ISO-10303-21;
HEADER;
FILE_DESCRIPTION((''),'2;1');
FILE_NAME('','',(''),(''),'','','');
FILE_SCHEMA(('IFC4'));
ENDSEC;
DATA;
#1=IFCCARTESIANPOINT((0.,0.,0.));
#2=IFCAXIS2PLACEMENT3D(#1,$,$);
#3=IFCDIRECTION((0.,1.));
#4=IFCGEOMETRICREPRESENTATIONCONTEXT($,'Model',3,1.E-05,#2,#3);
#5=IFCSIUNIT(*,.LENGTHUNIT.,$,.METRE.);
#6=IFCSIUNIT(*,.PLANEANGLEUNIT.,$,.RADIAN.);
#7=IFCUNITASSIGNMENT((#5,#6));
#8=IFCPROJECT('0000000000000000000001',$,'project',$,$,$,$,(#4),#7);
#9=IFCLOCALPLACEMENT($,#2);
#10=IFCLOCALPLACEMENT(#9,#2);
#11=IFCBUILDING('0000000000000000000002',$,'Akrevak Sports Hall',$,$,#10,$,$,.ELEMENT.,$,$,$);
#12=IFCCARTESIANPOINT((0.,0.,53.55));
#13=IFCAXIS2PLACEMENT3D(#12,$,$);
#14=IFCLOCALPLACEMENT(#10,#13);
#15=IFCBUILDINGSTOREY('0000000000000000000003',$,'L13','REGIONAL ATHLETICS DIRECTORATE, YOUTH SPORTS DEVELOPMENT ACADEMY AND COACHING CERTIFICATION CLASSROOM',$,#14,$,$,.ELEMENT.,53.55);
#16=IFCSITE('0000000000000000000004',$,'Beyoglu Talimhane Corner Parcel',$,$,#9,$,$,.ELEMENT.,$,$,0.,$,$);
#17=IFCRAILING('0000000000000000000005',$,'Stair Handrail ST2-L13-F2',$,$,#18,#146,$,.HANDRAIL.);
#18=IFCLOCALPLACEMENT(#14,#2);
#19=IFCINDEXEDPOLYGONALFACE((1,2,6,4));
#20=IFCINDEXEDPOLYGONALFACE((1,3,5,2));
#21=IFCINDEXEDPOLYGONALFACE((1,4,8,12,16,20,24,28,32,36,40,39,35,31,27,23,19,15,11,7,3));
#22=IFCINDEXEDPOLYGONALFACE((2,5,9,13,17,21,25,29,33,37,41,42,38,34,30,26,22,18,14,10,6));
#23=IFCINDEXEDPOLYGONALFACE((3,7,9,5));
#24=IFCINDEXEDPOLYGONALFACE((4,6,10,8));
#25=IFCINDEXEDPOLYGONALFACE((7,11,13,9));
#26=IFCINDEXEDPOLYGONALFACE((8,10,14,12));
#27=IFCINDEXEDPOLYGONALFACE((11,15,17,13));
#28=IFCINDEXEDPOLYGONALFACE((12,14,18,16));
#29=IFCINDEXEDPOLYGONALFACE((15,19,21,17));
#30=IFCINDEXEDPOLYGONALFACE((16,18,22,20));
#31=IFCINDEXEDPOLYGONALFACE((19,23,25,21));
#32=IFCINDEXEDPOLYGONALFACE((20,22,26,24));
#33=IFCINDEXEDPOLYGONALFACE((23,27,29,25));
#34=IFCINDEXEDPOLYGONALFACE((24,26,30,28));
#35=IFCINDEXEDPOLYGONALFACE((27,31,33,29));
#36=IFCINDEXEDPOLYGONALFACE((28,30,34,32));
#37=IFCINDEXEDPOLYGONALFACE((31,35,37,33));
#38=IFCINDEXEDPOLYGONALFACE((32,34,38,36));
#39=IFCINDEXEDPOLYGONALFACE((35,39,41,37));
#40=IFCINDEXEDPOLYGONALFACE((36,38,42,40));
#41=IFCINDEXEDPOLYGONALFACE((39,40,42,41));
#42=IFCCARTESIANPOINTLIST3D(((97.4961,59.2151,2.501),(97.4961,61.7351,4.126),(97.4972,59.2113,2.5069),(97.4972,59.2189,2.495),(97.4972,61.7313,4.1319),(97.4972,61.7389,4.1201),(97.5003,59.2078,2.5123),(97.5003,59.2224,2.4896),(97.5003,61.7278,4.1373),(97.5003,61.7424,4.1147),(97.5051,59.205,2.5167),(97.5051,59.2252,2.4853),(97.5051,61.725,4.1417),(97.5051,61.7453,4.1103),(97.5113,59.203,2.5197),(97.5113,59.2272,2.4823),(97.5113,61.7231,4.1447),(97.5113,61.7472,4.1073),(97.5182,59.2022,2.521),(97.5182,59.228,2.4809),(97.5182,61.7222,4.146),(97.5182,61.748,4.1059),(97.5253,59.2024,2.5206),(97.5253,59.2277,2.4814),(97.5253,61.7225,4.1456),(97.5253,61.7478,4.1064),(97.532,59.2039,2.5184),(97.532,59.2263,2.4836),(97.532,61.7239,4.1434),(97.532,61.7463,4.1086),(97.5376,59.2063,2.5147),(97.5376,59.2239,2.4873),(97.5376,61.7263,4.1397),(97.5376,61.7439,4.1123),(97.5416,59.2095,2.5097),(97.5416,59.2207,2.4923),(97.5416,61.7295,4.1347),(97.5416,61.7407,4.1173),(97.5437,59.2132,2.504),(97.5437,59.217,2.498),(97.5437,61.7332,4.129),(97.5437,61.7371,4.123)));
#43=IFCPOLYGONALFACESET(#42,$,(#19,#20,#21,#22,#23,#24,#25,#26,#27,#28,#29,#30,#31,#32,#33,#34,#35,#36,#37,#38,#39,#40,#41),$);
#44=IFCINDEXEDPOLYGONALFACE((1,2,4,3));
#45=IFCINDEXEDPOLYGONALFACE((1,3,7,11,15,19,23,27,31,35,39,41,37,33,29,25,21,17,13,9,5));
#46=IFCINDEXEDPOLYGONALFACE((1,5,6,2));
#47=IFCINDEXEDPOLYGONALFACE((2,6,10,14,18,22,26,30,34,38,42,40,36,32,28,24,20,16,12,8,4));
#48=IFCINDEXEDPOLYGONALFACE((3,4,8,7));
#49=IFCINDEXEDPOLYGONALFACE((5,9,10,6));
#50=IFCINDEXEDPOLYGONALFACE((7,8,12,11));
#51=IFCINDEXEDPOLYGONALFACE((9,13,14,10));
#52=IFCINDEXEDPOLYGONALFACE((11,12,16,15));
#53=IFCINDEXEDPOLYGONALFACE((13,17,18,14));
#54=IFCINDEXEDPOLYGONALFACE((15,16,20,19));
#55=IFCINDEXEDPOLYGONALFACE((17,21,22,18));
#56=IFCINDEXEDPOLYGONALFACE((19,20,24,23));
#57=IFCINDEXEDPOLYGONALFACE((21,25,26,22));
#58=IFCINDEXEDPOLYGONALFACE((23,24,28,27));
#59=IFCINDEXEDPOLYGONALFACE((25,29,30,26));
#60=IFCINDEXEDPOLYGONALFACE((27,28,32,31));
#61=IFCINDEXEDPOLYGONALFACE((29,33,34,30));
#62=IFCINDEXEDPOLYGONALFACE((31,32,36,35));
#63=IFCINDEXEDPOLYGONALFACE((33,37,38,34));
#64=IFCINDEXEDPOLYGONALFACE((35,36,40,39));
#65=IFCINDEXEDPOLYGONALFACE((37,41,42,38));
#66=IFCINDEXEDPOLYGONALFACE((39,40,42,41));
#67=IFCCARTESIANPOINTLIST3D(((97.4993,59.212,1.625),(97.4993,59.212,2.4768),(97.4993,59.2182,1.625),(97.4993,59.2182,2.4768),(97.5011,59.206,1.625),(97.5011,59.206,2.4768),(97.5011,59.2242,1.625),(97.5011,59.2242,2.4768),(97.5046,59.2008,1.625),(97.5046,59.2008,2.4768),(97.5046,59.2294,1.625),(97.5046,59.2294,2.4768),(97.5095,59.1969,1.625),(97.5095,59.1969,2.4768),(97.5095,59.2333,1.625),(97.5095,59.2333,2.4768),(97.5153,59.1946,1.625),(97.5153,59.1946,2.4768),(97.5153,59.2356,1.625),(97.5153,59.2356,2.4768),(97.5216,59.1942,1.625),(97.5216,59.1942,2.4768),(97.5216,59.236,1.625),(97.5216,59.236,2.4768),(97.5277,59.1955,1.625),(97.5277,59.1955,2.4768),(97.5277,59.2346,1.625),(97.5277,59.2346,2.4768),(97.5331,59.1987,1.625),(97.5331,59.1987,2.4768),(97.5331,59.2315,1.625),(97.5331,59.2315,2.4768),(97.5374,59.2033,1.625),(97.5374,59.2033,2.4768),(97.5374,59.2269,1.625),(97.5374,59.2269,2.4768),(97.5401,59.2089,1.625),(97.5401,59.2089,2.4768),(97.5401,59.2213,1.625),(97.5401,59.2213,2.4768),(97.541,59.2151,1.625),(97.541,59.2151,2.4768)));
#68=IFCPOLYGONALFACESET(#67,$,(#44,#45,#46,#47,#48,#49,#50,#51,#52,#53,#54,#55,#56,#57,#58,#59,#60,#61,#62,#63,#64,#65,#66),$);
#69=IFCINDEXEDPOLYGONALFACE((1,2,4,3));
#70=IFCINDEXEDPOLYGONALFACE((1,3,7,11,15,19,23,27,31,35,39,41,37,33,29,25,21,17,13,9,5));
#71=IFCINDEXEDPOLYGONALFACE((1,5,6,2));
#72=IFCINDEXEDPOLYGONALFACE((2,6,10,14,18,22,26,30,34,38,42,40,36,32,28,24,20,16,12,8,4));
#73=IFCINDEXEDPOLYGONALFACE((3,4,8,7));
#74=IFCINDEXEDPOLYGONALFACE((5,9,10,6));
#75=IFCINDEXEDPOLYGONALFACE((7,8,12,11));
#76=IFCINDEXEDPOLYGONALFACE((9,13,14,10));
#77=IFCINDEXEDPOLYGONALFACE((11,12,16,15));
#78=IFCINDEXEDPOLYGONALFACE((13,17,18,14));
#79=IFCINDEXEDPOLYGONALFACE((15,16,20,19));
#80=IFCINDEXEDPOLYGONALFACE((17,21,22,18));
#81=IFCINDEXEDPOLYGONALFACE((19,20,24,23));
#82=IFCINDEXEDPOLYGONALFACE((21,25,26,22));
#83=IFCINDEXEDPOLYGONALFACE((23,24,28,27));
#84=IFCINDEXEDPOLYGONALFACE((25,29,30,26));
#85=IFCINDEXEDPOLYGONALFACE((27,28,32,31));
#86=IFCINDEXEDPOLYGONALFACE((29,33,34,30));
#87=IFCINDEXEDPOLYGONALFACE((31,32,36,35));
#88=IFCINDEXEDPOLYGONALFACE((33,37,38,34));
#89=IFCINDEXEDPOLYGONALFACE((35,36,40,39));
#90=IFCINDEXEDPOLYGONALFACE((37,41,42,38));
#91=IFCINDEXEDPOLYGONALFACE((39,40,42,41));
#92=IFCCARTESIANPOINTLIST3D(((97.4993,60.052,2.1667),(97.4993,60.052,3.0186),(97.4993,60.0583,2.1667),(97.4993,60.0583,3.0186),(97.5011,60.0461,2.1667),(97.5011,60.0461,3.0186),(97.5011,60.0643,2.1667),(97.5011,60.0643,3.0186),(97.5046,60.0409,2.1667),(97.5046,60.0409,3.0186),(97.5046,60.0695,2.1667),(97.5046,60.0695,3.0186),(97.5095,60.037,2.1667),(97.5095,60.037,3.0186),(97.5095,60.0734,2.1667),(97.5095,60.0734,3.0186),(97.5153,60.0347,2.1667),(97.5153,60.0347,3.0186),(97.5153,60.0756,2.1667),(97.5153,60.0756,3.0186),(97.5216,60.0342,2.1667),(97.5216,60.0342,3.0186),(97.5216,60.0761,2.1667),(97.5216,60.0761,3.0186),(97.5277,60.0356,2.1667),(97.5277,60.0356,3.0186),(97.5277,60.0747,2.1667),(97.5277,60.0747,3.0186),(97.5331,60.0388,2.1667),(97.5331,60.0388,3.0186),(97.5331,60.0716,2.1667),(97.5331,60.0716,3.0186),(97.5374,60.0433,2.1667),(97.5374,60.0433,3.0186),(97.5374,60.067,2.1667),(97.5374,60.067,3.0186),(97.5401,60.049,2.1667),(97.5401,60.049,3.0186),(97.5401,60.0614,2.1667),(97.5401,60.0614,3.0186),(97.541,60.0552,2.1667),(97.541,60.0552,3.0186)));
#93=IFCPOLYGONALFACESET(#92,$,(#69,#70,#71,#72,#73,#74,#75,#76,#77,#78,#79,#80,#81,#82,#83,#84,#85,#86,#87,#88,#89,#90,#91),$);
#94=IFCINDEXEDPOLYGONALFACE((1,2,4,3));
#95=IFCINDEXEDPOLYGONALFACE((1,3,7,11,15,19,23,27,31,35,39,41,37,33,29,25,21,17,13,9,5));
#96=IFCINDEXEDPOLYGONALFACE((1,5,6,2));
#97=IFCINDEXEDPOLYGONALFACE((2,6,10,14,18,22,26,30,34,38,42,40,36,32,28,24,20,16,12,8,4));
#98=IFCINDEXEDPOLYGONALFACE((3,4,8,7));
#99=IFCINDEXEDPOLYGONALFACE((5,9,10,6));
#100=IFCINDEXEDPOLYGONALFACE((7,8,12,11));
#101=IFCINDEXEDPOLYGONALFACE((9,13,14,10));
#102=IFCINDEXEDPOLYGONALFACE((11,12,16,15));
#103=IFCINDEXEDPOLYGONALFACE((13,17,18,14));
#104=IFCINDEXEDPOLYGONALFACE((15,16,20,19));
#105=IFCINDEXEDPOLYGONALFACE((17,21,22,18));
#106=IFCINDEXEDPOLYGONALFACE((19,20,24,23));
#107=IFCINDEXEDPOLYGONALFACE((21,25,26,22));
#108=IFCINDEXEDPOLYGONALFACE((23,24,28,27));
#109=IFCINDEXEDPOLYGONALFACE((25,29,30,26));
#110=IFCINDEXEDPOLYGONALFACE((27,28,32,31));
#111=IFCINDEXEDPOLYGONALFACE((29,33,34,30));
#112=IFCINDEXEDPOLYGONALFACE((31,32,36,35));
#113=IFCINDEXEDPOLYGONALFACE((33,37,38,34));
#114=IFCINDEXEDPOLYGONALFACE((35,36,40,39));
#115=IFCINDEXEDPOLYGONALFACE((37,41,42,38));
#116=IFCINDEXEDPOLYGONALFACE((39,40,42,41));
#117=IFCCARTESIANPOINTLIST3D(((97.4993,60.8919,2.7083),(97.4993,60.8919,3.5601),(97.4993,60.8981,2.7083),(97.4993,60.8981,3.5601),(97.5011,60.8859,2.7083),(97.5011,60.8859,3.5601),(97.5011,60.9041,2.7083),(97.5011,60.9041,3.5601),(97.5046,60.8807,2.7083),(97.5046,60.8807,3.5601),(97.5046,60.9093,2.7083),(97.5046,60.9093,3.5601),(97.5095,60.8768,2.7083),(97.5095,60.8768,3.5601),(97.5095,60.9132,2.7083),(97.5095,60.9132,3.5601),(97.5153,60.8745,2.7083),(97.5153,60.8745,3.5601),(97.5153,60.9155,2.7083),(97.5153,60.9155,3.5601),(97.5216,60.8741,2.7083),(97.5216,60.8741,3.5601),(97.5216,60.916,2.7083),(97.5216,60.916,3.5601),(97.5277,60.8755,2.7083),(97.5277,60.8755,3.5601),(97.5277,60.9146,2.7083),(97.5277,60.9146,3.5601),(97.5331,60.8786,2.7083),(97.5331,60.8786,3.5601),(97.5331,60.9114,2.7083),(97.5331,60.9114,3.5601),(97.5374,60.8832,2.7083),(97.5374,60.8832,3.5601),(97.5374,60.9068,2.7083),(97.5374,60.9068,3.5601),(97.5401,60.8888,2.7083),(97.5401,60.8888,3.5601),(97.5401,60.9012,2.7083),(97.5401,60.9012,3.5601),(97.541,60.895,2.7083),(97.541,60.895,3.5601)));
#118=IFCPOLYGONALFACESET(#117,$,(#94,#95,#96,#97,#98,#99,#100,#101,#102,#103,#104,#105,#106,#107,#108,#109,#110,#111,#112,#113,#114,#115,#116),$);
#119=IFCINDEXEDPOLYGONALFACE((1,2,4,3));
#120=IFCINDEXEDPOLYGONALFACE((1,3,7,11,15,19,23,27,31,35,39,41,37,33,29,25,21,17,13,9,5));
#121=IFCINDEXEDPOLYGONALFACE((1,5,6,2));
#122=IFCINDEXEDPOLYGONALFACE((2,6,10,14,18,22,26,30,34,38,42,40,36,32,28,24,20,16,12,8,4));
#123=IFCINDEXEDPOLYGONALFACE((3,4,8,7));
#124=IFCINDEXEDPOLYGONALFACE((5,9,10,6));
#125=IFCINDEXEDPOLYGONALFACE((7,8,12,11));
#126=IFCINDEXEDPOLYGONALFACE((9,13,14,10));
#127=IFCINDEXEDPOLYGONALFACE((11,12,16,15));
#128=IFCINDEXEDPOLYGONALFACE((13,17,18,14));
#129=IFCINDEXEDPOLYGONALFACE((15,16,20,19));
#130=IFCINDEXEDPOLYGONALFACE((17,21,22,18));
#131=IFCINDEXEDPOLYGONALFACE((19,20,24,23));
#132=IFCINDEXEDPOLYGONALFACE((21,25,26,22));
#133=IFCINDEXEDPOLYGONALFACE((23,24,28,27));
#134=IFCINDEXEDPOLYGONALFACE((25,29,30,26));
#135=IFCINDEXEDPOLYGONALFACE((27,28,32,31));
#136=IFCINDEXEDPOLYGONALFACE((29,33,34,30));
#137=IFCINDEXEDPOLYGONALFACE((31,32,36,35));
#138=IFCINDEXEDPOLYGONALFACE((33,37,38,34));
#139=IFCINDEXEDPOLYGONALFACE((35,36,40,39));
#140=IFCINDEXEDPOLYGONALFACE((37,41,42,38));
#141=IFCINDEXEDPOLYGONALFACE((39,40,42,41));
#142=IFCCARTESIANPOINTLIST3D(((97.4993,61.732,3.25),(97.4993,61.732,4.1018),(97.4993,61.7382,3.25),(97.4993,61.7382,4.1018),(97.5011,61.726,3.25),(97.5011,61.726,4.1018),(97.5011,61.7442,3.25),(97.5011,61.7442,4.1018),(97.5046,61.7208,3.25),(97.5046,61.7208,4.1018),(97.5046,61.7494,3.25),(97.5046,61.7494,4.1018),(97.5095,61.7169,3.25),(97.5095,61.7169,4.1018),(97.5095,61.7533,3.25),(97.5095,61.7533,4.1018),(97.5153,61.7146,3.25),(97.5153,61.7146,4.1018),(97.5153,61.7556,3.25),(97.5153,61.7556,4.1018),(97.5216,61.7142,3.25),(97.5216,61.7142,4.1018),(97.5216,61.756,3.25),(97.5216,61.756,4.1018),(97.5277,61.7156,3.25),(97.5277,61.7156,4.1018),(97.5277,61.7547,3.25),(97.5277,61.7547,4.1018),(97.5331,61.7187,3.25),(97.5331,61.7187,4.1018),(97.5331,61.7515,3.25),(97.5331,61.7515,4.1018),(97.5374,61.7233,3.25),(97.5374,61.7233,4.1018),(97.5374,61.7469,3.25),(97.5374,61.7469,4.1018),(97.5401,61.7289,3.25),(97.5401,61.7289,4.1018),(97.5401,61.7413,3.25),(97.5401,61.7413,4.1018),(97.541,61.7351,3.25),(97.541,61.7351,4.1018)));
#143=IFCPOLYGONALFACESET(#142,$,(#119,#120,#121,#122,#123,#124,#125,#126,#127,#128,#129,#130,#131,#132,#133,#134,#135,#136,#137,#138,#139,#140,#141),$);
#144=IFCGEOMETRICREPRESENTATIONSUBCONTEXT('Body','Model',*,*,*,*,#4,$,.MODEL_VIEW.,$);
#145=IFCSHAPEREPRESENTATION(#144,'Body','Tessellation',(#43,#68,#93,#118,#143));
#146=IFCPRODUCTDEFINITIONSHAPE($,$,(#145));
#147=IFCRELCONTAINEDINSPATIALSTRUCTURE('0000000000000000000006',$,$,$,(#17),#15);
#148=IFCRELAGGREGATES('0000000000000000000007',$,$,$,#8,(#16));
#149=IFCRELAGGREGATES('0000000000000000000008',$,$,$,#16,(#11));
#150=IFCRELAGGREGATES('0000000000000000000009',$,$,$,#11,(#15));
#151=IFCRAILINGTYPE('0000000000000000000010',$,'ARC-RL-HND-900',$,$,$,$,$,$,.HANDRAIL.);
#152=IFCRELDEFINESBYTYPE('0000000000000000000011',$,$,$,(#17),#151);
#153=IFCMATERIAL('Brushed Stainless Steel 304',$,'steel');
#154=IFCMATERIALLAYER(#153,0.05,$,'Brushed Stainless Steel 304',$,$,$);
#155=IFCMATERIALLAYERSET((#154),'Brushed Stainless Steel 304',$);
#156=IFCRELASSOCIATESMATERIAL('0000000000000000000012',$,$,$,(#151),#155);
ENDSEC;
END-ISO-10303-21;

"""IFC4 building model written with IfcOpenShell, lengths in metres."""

from ifc_helpers import new_model, si_unit, direction, frame, origin, origin_2d, place, context, subcontext, project, spatial, circle, extrude, material, layer, layer_set, type_object, element, save


model = new_model("IFC4")

# Units and contexts
model_context = context("Model", 3, precision=1e-05, world=origin(), true_north=direction((0.0, 1.0)))
body_context = subcontext(model_context, "Body", "Model", "MODEL_VIEW")
ifc_project = project(units=[si_unit("LENGTHUNIT", "METRE"), si_unit("PLANEANGLEUNIT", "RADIAN")], contexts=[model_context])

# Site, building, storey
site_placement = place(None, origin())
site = spatial("IfcSite", under=ifc_project, at=site_placement, Name="Beyoglu Talimhane Corner Parcel", CompositionType="ELEMENT", RefElevation=0.0)
building_placement = place(site_placement, origin())
building = spatial("IfcBuilding", under=site, at=building_placement, Name="Akrevak Sports Hall", CompositionType="ELEMENT")
storey_placement = place(building_placement, frame((0.0, 0.0, 53.55)))
storey = spatial("IfcBuildingStorey", under=building, at=storey_placement, Name="L13", Description="REGIONAL ATHLETICS DIRECTORATE, YOUTH SPORTS DEVELOPMENT ACADEMY AND COACHING CERTIFICATION CLASSROOM", CompositionType="ELEMENT", Elevation=53.55)

# Shared definitions
ifc_material_1 = material(Name="Brushed Stainless Steel 304", Category="steel")

# Railing
ifc_layer_1 = layer(ifc_material_1, 0.05, Name="Brushed Stainless Steel 304")
ifc_layer_set_1 = layer_set([ifc_layer_1], Name="Brushed Stainless Steel 304")
railing_type_1 = type_object("IfcRailingType", Name="ARC-RL-HND-900", PredefinedType="HANDRAIL", material=ifc_layer_set_1)
railing_1_placement = place(storey_placement, frame((97.52, 59.2151, 1.625)))
element("IfcRailing", 1, at=railing_1_placement, inside=storey, type_object=railing_type_1, Name="Stair Handrail ST2-L13-F2", PredefinedType="HANDRAIL", context=body_context, shape_type="SweptSolid", body=[
    extrude(circle(Radius=0.0239, at=origin_2d()), frame((0.0, 0.0, 0.876), z_axis=(0.0, 0.840421, 0.541934), x_axis=(-1.0, 0.0, 0.0)), (0.0, 0.0, 1.0), 2.9985),
    extrude(circle(Radius=0.021, at=origin_2d()), origin(), (0.0, 0.0, 1.0), 0.8518),
    extrude(circle(Radius=0.021, at=origin_2d()), frame((0.0, 0.8401, 0.5417)), (0.0, 0.0, 1.0), 0.8518),
    extrude(circle(Radius=0.021, at=origin_2d()), frame((0.0, 1.6799, 1.0833)), (0.0, 0.0, 1.0), 0.8518),
    extrude(circle(Radius=0.021, at=origin_2d()), frame((0.0, 2.52, 1.625)), (0.0, 0.0, 1.0), 0.8518),
])

save(model, "model.ifc")
